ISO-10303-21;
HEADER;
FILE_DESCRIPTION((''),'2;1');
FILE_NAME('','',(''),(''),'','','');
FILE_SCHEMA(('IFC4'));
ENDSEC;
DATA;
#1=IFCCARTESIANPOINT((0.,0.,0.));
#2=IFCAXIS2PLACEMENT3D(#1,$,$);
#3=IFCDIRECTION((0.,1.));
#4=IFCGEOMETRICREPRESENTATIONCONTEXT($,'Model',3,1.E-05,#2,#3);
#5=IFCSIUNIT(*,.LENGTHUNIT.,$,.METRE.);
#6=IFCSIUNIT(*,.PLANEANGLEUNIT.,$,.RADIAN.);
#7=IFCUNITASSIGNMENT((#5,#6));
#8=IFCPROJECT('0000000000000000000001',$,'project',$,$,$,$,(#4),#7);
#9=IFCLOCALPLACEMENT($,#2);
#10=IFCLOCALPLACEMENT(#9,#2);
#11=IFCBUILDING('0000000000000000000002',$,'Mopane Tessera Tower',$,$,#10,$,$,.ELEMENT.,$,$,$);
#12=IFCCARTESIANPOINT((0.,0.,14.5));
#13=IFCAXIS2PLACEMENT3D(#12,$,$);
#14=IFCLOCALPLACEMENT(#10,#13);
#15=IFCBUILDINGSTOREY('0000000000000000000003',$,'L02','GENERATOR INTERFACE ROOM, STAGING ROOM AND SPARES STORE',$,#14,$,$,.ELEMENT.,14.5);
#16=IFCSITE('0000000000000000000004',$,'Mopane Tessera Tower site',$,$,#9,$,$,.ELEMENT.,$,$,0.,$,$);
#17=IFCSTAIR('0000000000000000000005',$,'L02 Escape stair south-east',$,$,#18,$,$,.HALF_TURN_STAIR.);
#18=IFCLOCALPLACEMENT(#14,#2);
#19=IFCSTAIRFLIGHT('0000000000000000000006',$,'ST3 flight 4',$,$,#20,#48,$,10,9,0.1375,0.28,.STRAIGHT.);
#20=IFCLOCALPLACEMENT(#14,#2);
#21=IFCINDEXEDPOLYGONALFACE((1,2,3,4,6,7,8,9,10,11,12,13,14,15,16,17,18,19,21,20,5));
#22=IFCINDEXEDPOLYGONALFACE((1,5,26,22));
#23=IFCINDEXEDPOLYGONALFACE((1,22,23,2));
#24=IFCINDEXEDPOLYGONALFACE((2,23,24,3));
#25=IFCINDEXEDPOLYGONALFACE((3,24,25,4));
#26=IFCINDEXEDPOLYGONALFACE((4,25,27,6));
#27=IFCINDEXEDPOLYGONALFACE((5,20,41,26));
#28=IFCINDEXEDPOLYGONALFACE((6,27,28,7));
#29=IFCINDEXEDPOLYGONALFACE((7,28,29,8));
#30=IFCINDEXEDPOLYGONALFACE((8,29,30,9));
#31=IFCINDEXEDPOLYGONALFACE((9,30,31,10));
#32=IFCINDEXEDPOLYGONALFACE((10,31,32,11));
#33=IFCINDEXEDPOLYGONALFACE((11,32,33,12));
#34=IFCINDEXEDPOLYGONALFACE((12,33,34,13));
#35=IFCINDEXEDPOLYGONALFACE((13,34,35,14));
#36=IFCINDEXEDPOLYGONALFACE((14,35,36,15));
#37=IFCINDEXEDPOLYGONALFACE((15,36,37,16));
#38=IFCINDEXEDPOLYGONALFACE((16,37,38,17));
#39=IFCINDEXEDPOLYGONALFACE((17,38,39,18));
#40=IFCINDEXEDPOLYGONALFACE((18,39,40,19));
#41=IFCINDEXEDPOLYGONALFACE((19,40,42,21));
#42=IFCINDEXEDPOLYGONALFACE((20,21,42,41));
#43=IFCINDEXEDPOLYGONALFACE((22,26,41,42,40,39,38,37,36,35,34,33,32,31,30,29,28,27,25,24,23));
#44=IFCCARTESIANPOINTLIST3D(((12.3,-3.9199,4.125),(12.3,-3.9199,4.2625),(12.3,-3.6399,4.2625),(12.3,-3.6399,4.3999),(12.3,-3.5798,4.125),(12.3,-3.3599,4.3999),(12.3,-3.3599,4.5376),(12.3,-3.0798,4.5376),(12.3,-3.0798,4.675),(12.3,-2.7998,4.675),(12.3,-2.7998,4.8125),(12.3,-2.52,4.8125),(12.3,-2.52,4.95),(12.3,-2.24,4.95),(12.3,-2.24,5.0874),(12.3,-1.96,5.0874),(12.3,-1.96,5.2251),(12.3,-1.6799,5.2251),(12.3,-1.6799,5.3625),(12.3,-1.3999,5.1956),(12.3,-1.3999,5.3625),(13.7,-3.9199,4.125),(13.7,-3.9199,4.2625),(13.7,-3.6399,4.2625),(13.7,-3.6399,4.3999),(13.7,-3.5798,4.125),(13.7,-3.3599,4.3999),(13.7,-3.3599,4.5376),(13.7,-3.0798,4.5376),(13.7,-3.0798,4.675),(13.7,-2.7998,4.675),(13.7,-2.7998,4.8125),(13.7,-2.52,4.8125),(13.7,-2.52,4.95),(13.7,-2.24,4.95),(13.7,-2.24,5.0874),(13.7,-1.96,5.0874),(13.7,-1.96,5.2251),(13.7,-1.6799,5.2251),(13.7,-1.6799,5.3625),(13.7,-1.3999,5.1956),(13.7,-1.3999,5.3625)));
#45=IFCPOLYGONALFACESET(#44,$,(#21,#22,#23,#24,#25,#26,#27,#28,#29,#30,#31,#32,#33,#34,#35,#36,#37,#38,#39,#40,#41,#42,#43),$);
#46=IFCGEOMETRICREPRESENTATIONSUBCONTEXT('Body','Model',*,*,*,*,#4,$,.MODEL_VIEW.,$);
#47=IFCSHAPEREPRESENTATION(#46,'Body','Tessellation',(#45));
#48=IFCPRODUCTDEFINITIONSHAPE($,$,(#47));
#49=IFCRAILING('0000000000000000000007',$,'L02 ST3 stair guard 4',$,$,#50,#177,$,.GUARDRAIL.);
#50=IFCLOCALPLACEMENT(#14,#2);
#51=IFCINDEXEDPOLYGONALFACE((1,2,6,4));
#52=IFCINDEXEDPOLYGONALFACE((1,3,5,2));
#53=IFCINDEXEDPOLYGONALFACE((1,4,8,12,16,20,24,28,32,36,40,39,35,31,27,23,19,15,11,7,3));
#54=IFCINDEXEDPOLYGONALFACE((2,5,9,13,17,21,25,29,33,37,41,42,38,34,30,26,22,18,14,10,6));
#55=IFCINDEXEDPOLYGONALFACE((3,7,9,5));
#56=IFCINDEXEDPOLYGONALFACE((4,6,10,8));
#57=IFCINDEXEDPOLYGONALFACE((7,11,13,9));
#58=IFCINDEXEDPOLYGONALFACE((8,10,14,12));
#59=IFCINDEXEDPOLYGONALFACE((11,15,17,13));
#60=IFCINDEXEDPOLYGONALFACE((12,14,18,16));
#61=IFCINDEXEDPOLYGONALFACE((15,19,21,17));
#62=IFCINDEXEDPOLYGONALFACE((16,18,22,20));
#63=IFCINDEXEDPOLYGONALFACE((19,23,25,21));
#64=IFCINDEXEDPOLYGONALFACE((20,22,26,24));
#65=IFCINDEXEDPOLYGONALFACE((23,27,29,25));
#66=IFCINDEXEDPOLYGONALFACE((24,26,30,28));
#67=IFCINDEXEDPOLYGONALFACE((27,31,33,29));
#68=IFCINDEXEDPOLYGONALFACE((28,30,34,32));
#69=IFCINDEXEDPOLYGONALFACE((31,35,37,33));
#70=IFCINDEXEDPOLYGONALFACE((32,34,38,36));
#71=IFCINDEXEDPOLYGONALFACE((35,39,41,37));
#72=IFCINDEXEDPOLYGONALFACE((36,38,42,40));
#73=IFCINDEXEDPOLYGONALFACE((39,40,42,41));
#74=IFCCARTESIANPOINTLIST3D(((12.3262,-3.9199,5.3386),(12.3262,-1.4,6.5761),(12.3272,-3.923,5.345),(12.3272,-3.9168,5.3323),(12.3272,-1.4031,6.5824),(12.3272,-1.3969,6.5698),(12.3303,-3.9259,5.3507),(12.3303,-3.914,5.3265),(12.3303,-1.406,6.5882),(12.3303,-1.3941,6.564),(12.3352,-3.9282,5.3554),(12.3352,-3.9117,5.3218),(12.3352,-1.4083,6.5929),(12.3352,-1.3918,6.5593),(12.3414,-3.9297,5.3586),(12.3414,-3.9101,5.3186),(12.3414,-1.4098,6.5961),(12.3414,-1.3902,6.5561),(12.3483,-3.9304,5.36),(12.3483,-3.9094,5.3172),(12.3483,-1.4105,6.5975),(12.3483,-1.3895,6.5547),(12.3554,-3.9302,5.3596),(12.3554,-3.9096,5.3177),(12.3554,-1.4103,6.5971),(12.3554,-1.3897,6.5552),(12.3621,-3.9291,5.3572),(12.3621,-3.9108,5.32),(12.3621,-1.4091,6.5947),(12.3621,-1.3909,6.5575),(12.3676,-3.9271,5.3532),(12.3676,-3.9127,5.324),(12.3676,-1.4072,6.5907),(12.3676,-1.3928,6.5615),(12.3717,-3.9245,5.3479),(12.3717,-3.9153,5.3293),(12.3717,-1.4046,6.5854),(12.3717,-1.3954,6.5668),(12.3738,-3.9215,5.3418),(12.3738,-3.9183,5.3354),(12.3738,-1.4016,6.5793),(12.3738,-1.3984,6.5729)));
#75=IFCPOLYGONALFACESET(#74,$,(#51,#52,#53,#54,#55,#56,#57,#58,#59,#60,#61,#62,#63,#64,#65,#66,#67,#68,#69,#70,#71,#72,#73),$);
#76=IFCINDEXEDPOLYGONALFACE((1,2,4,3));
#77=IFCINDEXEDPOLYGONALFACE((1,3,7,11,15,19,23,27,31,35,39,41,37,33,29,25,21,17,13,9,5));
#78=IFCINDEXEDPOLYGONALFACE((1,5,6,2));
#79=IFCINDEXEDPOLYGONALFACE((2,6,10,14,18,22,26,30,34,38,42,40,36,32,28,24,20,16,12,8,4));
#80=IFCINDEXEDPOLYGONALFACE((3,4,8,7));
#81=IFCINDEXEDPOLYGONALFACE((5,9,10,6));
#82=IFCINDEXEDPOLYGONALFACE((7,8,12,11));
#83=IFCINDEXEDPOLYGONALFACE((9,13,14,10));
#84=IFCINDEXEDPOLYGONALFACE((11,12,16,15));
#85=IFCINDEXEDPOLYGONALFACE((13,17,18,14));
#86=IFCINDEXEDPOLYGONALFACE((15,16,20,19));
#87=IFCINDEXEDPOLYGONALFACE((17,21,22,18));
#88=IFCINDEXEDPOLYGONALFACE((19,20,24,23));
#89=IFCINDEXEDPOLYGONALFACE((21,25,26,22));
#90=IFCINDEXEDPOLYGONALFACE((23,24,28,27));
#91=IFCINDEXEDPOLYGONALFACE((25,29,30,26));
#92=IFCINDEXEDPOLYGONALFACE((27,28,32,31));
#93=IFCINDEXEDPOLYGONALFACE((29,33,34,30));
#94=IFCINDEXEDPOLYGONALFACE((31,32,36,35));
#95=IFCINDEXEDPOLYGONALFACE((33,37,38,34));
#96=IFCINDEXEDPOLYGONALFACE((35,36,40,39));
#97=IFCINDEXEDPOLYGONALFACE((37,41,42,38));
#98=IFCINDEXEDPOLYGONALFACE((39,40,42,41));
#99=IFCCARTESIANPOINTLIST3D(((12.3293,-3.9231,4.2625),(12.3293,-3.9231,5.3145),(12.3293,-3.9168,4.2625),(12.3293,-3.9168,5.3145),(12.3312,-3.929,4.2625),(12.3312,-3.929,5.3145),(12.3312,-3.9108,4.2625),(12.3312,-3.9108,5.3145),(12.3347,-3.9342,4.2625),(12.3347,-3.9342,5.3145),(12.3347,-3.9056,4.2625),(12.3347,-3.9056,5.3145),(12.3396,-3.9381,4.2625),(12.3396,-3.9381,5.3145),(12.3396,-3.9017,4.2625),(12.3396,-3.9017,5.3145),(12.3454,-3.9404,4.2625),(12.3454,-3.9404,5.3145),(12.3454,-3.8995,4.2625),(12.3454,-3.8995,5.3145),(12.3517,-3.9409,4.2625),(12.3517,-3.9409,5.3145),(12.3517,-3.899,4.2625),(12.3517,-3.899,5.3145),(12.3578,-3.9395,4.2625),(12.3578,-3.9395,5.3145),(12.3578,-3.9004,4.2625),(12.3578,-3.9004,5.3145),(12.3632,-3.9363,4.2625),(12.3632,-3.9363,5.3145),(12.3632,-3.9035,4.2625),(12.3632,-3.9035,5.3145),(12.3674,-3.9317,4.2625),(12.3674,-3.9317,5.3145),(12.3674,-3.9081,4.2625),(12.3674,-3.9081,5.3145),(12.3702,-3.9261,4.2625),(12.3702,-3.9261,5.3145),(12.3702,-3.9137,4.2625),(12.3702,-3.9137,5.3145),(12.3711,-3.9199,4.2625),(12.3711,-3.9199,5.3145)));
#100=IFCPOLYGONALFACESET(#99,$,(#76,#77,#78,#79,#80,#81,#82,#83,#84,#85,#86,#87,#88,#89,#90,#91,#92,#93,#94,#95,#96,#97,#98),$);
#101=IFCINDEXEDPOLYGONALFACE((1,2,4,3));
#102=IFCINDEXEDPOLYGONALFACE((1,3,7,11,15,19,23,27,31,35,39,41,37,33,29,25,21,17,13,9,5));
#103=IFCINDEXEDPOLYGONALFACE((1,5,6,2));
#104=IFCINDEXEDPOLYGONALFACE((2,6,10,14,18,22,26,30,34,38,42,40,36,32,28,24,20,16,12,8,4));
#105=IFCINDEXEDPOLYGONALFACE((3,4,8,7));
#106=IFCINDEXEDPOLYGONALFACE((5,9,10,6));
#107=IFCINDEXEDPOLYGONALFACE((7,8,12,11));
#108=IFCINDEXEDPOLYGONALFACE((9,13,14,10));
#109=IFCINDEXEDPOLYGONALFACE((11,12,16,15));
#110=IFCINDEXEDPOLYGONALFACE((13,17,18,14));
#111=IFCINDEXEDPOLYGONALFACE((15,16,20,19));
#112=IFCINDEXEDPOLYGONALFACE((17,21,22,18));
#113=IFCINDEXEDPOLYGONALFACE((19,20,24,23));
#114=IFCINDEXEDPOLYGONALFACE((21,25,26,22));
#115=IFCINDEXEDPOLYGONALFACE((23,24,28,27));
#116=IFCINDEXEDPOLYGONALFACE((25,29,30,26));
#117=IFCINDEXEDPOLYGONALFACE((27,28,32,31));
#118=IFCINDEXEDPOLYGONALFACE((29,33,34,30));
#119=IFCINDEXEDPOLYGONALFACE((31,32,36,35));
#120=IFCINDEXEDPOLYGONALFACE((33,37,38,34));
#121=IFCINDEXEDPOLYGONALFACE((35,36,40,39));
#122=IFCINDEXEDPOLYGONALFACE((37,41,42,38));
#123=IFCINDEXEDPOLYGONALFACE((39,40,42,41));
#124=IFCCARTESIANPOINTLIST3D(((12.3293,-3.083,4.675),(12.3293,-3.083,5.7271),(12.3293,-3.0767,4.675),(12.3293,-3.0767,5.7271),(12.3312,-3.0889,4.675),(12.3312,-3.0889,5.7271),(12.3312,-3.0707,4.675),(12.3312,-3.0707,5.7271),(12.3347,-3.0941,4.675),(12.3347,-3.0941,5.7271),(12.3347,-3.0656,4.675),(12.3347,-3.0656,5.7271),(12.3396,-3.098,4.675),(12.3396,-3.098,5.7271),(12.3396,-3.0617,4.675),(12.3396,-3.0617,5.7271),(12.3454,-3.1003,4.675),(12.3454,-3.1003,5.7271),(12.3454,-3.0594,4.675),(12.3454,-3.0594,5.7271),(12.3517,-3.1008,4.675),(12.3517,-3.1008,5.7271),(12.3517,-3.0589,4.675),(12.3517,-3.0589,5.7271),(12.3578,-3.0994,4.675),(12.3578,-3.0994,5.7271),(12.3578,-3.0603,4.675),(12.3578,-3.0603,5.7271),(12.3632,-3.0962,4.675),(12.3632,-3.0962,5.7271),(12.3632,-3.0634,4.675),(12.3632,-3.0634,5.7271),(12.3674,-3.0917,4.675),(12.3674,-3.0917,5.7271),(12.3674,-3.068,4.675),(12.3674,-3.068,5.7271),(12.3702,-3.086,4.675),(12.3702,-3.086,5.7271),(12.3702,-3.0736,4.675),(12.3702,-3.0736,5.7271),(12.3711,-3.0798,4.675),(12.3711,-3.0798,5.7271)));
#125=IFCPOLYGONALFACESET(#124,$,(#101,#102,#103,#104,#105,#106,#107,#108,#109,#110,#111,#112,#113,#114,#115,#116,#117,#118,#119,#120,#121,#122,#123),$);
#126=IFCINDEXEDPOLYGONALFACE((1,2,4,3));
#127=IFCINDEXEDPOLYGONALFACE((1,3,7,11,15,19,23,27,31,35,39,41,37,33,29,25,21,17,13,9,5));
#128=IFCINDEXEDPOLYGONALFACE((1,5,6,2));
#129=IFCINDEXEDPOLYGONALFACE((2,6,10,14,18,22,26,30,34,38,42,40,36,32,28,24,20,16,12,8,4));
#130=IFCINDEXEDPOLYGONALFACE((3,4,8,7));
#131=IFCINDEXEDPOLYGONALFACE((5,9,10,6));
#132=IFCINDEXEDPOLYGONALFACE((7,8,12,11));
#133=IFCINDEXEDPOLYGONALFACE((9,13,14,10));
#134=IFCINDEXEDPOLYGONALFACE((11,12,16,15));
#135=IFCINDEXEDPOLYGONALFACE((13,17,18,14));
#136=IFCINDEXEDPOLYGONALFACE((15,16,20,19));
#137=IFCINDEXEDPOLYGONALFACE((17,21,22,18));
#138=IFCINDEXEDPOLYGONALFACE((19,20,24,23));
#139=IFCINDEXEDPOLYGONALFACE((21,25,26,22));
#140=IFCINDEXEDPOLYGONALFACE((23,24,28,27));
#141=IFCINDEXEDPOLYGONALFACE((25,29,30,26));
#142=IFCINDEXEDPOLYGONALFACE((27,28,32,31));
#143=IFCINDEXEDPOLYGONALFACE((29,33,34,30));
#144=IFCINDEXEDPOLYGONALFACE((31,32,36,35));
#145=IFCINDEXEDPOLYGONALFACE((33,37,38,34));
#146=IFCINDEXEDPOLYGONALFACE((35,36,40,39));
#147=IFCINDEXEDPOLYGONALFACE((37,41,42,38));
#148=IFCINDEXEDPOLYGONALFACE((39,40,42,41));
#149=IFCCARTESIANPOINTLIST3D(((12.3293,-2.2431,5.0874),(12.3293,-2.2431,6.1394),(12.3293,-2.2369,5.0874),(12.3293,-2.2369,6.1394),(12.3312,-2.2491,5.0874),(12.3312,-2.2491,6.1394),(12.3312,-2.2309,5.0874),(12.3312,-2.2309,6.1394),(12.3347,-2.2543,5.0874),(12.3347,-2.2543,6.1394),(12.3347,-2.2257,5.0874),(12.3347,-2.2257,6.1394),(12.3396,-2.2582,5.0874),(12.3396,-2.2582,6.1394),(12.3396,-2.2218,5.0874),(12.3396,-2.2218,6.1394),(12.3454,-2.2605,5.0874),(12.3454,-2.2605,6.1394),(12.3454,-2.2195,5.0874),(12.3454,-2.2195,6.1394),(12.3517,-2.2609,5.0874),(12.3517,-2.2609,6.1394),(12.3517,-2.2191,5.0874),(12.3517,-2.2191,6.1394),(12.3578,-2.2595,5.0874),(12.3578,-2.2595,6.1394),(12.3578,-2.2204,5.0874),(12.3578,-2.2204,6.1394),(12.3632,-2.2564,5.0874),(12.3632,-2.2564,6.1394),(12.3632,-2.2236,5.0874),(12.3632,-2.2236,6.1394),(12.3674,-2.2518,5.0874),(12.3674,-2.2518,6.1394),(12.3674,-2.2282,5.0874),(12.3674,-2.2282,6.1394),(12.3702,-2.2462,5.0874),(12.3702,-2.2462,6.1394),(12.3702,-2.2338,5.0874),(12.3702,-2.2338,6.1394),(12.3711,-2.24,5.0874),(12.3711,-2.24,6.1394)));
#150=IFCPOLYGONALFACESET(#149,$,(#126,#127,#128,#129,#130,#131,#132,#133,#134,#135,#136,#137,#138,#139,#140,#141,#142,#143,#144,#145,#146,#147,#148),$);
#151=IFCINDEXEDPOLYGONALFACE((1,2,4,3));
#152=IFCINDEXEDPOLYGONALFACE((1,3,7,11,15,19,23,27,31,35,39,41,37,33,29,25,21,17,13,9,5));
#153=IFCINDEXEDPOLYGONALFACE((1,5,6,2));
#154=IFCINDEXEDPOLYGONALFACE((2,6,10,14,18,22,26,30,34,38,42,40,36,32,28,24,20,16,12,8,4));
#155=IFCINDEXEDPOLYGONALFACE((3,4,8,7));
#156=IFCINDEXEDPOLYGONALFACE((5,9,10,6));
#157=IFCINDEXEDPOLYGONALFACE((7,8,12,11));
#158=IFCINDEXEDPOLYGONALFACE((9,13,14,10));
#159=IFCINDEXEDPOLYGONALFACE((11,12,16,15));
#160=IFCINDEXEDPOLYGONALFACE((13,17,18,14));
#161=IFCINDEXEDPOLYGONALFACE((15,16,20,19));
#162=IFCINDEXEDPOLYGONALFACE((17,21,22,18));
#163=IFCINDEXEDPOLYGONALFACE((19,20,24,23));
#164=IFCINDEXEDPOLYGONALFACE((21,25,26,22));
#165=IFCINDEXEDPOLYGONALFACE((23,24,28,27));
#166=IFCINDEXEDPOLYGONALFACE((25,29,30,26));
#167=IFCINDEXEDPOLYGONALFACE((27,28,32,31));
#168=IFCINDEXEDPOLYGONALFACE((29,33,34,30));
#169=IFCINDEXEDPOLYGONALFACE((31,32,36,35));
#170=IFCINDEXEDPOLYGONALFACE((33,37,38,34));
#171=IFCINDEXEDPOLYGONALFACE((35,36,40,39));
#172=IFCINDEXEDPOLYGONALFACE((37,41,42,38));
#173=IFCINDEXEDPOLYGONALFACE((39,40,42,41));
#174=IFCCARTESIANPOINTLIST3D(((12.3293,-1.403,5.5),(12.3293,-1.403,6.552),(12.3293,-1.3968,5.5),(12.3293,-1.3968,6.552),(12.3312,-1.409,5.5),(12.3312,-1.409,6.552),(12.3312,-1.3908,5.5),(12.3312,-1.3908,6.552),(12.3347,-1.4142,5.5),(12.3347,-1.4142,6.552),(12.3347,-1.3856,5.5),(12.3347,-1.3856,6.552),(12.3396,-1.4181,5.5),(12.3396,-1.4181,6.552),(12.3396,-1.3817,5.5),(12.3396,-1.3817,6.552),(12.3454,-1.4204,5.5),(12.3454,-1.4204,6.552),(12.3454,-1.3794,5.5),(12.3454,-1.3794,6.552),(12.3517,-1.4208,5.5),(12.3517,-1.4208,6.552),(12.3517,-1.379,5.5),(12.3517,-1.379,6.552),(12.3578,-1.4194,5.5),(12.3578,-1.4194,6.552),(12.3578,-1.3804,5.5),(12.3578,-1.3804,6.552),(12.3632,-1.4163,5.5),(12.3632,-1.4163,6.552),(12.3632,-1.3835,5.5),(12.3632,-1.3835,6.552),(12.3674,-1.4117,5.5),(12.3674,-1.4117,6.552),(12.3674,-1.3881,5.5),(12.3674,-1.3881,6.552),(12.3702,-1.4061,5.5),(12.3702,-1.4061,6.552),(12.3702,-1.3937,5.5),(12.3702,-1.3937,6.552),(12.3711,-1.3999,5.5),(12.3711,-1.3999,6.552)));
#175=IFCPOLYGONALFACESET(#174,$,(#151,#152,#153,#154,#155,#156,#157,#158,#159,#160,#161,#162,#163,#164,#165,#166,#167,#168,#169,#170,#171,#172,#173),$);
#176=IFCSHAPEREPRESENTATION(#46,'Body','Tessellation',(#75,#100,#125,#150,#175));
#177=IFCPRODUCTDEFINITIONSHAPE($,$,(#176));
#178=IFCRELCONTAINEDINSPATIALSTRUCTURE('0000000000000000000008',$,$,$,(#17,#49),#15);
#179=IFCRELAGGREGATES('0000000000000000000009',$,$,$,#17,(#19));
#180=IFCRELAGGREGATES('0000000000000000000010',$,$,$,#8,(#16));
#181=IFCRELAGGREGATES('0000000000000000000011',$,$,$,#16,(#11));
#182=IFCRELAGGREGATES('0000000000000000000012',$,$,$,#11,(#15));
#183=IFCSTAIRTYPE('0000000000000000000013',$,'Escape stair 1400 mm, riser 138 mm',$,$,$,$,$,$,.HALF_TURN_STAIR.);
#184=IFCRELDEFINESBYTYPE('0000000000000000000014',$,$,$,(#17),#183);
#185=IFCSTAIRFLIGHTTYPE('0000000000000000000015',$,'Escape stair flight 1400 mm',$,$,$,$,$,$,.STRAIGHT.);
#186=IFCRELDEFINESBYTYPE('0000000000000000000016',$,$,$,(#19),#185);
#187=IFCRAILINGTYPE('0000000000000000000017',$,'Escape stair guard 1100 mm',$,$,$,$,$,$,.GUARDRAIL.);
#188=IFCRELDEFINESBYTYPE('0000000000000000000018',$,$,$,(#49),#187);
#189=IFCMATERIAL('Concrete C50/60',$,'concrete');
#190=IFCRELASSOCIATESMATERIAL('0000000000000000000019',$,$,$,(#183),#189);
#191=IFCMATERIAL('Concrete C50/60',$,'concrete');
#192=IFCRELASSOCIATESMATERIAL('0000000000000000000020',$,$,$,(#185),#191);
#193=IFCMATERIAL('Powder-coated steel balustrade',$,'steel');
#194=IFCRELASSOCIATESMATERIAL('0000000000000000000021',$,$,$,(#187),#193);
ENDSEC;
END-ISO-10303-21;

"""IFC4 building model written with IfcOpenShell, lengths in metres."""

from ifc_helpers import new_model, si_unit, direction, frame, origin, origin_2d, place, context, subcontext, project, spatial, polyline, circle, outline, extrude, material, type_object, element, aggregate, save


model = new_model("IFC4")

# Units and contexts
model_context = context("Model", 3, precision=1e-05, world=origin(), true_north=direction((0.0, 1.0)))
body_context = subcontext(model_context, "Body", "Model", "MODEL_VIEW")
ifc_project = project(units=[si_unit("LENGTHUNIT", "METRE"), si_unit("PLANEANGLEUNIT", "RADIAN")], contexts=[model_context])

# Site, building, storey
site_placement = place(None, origin())
site = spatial("IfcSite", under=ifc_project, at=site_placement, Name="Mopane Tessera Tower site", CompositionType="ELEMENT", RefElevation=0.0)
building_placement = place(site_placement, origin())
building = spatial("IfcBuilding", under=site, at=building_placement, Name="Mopane Tessera Tower", CompositionType="ELEMENT")
storey_placement = place(building_placement, frame((0.0, 0.0, 14.5)))
storey = spatial("IfcBuildingStorey", under=building, at=storey_placement, Name="L02", Description="GENERATOR INTERFACE ROOM, STAGING ROOM AND SPARES STORE", CompositionType="ELEMENT", Elevation=14.5)

# Stair, stair flight
ifc_material_1 = material(Name="Concrete C50/60", Category="concrete")
stair_type = type_object("IfcStairType", Name="Escape stair 1400 mm, riser 138 mm", PredefinedType="HALF_TURN_STAIR", material=ifc_material_1)
stair_placement = place(storey_placement, origin())
stair = element("IfcStair", 1, at=stair_placement, inside=storey, type_object=stair_type, Name="L02 Escape stair south-east", PredefinedType="HALF_TURN_STAIR")
ifc_material_2 = material(Name="Concrete C50/60", Category="concrete")
stair_flight_type = type_object("IfcStairFlightType", Name="Escape stair flight 1400 mm", PredefinedType="STRAIGHT", material=ifc_material_2)
stair_flight_1_placement = place(storey_placement, frame((13.0, -3.9199, 4.125), z_axis=(0.0, 0.0, 1.0), x_axis=(0.0, 1.0, 0.0)))
stair_flight_1 = element("IfcStairFlight", 2, at=stair_flight_1_placement, type_object=stair_flight_type, Name="ST3 flight 4", NumberOfRisers=10, NumberOfTreads=9, PredefinedType="STRAIGHT", RiserHeight=0.1375, TreadLength=0.28, context=body_context, shape_type="SweptSolid", body=[
    extrude(outline(polyline([(0.0, 0.0), (0.0, 0.1375), (0.28, 0.1375), (0.28, 0.2749), (0.5601, 0.2749), (0.5601, 0.4126), (0.8401, 0.4126), (0.8401, 0.55), (1.1201, 0.55), (1.1201, 0.6875), (1.3999, 0.6875), (1.3999, 0.825), (1.6799, 0.825), (1.6799, 0.9624), (1.96, 0.9624), (1.96, 1.1001), (2.24, 1.1001), (2.24, 1.2375), (2.52, 1.2375), (2.52, 1.375), (2.52, 1.0706), (0.3401, 0.0), (0.0, 0.0)])), frame((0.0, 0.7, 0.0), z_axis=(0.0, -1.0, 0.0), x_axis=(1.0, 0.0, 0.0)), (0.0, 0.0, 1.0), 1.3999),
])
aggregate(stair, [stair_flight_1])

# Railing
ifc_material_3 = material(Name="Powder-coated steel balustrade", Category="steel")
railing_type_1 = type_object("IfcRailingType", Name="Escape stair guard 1100 mm", PredefinedType="GUARDRAIL", material=ifc_material_3)
railing_1_placement = place(storey_placement, frame((12.3501, -3.9199, 4.2625)))
element("IfcRailing", 3, at=railing_1_placement, inside=storey, type_object=railing_type_1, Name="L02 ST3 stair guard 4", PredefinedType="GUARDRAIL", context=body_context, shape_type="SweptSolid", body=[
    extrude(circle(Radius=0.0239, at=origin_2d()), frame((0.0, 0.0, 1.0762), z_axis=(0.0, 0.897604, 0.440802), x_axis=(-1.0, 0.0, 0.0)), (0.0, 0.0, 1.0), 2.8074),
    extrude(circle(Radius=0.021, at=origin_2d()), origin(), (0.0, 0.0, 1.0), 1.052),
    extrude(circle(Radius=0.021, at=origin_2d()), frame((0.0, 0.8401, 0.4126)), (0.0, 0.0, 1.0), 1.052),
    extrude(circle(Radius=0.021, at=origin_2d()), frame((0.0, 1.6799, 0.825)), (0.0, 0.0, 1.0), 1.052),
    extrude(circle(Radius=0.021, at=origin_2d()), frame((0.0, 2.52, 1.2375)), (0.0, 0.0, 1.0), 1.052),
])

save(model, "model.ifc")
